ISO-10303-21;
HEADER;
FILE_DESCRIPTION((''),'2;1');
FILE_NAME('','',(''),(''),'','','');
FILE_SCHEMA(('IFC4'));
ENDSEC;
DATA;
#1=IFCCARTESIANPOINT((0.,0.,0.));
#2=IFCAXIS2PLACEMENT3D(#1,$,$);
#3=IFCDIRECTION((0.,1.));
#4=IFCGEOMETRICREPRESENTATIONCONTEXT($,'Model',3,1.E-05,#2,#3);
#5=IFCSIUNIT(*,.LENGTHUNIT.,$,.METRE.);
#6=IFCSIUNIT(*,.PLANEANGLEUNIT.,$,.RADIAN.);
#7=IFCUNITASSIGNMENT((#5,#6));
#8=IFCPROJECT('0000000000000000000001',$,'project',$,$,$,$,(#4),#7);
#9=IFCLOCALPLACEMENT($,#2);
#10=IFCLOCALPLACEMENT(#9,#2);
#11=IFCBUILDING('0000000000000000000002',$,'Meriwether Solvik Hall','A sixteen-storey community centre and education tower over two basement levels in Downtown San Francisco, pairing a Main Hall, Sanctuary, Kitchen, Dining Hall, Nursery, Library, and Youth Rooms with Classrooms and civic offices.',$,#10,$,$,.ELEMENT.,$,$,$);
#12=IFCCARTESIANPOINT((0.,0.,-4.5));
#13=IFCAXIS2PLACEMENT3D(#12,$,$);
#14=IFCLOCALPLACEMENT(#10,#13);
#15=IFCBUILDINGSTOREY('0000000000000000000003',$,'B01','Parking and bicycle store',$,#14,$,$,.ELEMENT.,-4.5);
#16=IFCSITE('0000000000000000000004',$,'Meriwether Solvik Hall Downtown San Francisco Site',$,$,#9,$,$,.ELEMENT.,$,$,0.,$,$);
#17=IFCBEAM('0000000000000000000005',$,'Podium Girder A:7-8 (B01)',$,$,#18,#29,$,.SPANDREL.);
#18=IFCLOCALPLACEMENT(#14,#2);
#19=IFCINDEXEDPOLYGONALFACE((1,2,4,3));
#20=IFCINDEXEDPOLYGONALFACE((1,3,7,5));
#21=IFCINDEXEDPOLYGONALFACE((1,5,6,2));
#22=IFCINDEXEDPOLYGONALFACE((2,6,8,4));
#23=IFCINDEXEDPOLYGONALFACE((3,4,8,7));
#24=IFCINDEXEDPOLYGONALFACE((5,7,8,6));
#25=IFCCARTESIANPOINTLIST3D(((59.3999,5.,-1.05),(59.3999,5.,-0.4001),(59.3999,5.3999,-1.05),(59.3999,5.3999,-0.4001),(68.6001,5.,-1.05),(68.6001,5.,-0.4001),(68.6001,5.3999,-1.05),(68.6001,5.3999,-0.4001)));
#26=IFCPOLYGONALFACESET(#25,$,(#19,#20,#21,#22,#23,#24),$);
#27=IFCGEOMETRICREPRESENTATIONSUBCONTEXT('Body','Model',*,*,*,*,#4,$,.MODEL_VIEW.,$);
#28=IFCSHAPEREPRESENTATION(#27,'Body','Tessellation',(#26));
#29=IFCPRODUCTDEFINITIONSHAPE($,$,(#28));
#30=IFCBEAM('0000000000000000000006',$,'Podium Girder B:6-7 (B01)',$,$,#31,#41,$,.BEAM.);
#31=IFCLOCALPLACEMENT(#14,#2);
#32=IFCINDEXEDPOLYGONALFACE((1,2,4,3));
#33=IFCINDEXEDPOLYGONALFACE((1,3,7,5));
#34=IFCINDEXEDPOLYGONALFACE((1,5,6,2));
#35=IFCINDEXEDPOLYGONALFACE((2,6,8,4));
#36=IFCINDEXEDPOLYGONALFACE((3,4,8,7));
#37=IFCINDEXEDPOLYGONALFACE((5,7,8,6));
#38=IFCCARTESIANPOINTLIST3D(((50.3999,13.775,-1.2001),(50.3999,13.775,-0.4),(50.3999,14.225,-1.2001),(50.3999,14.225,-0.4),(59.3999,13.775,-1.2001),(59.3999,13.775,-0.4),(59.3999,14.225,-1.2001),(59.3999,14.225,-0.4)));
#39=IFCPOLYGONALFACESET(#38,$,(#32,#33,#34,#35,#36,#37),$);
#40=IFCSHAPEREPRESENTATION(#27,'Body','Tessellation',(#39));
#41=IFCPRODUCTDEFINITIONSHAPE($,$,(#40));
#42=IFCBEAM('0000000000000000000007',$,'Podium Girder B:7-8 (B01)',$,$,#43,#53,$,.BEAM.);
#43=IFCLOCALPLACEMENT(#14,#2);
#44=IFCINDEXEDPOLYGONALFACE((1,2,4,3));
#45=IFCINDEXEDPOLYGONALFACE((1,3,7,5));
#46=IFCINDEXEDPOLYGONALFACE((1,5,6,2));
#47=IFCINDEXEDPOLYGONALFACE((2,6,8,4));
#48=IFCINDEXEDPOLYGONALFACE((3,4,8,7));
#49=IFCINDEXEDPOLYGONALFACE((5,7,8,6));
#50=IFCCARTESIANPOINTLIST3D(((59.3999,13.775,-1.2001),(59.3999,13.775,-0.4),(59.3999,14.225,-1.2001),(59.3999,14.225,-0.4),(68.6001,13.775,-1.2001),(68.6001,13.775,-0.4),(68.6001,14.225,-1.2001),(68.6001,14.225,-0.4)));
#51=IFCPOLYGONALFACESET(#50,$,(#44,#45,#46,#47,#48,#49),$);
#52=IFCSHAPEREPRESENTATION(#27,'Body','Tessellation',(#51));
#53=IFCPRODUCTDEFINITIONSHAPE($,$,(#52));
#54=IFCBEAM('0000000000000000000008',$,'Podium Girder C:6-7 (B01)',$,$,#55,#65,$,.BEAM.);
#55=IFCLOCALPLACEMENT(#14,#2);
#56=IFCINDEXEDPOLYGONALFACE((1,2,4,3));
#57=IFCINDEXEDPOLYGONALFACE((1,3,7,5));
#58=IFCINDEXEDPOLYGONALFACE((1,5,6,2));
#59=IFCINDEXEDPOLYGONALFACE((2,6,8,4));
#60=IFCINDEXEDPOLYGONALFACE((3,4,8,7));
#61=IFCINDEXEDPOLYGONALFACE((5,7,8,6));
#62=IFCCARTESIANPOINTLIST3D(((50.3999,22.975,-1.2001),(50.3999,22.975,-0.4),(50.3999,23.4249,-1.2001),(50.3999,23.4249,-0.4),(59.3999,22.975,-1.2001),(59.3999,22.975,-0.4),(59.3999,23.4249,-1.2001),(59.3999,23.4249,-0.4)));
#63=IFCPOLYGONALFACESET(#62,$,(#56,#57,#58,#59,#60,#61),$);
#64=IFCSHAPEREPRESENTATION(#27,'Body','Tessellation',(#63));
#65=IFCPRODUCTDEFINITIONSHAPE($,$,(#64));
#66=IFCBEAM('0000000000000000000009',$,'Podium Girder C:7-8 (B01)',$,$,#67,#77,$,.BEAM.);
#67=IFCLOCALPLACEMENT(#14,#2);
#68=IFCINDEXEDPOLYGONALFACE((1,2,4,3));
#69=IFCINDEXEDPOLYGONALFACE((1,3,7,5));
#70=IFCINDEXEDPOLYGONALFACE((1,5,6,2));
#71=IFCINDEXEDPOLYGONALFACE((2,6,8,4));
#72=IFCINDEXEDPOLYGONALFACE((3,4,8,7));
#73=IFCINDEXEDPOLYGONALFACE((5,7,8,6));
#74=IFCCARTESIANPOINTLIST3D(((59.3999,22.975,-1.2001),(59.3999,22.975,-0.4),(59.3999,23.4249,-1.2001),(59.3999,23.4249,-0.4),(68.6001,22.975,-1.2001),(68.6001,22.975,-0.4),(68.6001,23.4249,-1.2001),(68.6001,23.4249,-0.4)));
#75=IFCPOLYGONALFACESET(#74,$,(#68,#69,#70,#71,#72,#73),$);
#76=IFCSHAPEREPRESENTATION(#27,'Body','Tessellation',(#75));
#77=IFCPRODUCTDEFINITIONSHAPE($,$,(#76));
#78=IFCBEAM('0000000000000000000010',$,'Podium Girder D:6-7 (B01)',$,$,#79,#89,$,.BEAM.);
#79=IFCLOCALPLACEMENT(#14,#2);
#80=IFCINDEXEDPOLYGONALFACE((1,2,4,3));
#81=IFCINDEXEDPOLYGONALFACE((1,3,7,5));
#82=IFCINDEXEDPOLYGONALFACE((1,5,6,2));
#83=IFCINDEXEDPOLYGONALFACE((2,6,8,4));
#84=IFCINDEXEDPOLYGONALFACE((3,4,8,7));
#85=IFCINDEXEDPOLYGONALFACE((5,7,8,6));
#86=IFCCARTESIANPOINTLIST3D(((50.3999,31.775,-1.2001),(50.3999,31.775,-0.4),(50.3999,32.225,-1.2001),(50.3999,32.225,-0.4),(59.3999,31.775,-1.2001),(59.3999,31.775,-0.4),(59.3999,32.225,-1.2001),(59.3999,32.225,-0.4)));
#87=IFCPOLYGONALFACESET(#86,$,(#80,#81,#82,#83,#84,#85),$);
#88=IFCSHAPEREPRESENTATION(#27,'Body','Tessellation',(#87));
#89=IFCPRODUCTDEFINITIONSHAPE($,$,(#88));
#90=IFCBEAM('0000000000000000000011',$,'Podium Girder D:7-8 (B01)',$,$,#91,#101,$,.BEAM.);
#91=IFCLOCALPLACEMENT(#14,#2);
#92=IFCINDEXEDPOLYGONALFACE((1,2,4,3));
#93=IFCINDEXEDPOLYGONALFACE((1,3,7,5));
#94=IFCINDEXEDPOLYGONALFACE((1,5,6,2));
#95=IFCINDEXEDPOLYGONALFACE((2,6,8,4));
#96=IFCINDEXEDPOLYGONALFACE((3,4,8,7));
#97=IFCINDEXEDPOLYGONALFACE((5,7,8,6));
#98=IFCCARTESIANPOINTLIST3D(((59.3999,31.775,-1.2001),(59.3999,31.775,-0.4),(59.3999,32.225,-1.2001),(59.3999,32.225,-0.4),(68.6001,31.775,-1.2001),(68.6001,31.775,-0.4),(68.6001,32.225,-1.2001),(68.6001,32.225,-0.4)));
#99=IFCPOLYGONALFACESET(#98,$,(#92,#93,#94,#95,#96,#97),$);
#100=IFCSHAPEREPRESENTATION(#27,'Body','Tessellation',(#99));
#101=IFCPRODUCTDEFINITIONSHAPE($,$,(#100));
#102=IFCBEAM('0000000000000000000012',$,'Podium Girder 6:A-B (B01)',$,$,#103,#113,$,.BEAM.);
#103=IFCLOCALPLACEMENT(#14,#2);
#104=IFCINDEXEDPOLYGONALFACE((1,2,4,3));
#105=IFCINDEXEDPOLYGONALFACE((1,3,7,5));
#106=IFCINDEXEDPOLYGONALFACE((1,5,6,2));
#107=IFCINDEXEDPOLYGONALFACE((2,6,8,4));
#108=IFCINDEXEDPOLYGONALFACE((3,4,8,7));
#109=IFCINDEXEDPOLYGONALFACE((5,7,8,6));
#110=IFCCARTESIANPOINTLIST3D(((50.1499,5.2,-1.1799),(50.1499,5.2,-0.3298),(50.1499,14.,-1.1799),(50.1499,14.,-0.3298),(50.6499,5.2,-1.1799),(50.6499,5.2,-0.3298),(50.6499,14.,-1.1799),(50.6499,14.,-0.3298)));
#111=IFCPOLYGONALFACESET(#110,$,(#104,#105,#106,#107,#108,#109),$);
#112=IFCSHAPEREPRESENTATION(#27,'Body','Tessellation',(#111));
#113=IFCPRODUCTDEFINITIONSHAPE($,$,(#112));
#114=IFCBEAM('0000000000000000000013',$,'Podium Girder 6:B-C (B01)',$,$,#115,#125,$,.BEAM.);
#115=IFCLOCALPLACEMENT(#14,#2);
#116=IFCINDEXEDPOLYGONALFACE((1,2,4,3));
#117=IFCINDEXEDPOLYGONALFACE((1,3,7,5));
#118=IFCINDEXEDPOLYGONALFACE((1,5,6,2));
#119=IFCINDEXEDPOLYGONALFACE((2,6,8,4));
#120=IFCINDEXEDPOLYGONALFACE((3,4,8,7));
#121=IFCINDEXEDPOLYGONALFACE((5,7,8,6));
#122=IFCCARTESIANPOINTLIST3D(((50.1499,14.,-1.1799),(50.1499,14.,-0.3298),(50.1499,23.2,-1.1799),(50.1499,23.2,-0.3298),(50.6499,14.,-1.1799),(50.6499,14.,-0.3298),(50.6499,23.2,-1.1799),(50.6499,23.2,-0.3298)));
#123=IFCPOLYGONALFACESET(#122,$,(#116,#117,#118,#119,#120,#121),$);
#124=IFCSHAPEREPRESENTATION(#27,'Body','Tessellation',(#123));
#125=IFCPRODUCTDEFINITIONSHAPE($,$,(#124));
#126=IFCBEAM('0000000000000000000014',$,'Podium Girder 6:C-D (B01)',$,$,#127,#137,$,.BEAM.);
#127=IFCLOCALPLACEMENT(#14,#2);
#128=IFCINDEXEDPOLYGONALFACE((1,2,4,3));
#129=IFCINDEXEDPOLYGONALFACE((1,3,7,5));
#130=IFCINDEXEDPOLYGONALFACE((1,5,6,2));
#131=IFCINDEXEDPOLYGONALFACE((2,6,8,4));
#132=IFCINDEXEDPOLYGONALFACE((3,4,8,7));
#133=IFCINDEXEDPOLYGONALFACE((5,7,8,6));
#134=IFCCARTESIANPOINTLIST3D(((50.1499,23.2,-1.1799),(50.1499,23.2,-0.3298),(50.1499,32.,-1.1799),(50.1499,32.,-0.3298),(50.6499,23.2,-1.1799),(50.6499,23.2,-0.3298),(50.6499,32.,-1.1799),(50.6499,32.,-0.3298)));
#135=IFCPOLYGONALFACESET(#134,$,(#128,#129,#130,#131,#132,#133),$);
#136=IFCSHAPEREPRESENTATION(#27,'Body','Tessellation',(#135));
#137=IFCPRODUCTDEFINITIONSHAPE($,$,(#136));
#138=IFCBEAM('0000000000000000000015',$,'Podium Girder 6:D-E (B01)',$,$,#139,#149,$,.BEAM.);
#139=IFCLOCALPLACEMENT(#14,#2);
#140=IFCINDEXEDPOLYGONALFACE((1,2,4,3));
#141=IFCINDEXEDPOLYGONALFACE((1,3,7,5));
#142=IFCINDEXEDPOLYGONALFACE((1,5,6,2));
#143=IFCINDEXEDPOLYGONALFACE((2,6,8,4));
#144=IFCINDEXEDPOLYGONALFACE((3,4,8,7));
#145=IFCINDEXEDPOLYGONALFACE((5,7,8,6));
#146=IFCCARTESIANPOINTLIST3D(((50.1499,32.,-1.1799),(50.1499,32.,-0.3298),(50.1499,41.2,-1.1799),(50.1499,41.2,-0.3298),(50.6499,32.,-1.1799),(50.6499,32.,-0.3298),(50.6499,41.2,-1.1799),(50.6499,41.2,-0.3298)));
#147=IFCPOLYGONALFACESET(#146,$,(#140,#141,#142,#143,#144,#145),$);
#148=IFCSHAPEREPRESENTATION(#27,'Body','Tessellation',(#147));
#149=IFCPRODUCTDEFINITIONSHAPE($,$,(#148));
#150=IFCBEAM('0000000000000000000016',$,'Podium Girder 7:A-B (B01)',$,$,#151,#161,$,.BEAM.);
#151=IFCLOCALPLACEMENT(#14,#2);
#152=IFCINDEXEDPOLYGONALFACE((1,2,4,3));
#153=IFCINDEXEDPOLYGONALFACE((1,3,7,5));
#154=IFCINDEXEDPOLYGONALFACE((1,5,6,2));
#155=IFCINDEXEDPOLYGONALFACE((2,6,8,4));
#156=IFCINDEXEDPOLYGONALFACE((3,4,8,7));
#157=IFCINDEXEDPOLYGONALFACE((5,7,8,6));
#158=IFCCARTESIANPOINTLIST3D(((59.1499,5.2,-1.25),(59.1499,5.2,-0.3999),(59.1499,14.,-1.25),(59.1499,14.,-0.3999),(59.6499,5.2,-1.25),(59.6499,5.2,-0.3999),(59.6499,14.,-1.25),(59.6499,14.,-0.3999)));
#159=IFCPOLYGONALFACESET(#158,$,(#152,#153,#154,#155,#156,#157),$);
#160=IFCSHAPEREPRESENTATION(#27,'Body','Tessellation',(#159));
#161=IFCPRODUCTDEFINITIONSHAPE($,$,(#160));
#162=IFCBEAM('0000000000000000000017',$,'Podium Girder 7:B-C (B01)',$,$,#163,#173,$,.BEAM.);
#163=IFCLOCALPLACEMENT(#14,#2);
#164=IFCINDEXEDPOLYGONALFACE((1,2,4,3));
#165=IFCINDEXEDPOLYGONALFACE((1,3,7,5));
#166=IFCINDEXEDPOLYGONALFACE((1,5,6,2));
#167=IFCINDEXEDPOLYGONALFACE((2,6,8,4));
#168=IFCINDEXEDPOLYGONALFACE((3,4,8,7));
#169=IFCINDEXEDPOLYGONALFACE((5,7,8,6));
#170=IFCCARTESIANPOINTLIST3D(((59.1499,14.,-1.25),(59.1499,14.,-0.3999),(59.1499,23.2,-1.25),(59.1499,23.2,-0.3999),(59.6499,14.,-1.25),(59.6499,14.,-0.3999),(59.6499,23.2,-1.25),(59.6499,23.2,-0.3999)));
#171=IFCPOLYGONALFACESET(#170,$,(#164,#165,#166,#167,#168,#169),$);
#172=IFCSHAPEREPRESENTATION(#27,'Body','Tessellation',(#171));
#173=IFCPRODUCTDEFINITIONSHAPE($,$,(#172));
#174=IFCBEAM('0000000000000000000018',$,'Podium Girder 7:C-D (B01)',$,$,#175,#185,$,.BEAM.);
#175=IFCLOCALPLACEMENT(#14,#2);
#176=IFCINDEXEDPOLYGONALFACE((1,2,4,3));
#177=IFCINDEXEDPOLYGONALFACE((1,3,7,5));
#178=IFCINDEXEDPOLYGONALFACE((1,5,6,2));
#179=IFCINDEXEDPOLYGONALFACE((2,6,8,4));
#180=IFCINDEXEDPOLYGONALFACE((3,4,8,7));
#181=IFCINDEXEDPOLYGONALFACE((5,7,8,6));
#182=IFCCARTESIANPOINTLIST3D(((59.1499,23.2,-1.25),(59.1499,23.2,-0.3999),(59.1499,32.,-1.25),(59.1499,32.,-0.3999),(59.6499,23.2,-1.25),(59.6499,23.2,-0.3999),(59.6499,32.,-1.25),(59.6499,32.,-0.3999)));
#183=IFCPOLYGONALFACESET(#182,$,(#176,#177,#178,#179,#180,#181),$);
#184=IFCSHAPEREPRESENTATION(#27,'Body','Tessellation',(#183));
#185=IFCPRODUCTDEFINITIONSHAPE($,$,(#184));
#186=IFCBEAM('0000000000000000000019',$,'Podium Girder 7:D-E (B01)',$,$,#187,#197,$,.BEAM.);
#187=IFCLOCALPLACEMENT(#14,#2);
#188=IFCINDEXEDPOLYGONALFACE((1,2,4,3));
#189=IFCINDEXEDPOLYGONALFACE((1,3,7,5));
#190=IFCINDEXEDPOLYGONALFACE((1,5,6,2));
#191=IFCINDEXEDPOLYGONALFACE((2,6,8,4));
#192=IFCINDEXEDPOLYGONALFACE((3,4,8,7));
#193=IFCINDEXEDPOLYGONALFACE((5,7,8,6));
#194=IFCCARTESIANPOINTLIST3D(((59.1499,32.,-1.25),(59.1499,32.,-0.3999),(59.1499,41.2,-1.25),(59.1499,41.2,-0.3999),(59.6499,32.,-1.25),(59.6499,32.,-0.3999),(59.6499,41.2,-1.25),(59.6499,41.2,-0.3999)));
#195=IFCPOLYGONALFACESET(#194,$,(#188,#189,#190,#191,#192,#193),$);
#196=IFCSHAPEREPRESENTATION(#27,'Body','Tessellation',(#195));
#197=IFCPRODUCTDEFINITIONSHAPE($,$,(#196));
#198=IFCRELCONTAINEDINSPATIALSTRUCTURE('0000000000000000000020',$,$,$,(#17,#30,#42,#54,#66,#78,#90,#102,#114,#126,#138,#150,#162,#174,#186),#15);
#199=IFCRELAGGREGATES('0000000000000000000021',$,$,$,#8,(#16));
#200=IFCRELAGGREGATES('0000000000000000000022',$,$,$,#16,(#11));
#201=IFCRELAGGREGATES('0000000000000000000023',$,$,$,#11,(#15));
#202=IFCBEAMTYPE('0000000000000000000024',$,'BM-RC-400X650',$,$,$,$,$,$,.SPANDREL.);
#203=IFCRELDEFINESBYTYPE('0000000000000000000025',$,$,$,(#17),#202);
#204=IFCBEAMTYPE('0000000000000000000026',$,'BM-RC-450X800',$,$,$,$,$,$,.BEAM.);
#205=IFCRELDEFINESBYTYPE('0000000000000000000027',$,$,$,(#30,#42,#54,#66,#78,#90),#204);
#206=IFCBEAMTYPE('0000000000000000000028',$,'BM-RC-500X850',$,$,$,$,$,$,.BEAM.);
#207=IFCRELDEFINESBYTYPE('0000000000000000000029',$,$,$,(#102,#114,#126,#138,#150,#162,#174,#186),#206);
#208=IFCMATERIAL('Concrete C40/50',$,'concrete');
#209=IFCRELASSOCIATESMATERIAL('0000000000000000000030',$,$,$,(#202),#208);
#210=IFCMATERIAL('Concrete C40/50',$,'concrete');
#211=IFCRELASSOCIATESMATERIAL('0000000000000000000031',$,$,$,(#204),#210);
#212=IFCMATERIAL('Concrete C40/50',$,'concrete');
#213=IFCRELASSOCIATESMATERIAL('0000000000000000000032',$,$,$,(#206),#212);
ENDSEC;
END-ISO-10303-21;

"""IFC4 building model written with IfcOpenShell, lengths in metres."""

from ifc_helpers import new_model, si_unit, direction, frame, origin, origin_2d, place, context, subcontext, project, spatial, rectangle, extrude, material, material_profile, profile_set, type_object, element, save


model = new_model("IFC4")

# Units and contexts
model_context = context("Model", 3, precision=1e-05, world=origin(), true_north=direction((0.0, 1.0)))
body_context = subcontext(model_context, "Body", "Model", "MODEL_VIEW")
ifc_project = project(units=[si_unit("LENGTHUNIT", "METRE"), si_unit("PLANEANGLEUNIT", "RADIAN")], contexts=[model_context])

# Site, building, storey
site_placement = place(None, origin())
site = spatial("IfcSite", under=ifc_project, at=site_placement, Name="Meriwether Solvik Hall Downtown San Francisco Site", CompositionType="ELEMENT", RefElevation=0.0)
building_placement = place(site_placement, origin())
building = spatial("IfcBuilding", under=site, at=building_placement, Name="Meriwether Solvik Hall", Description="A sixteen-storey community centre and education tower over two basement levels in Downtown San Francisco, pairing a Main Hall, Sanctuary, Kitchen, Dining Hall, Nursery, Library, and Youth Rooms with Classrooms and civic offices.", CompositionType="ELEMENT")
storey_placement = place(building_placement, frame((0.0, 0.0, -4.5)))
storey = spatial("IfcBuildingStorey", under=building, at=storey_placement, Name="B01", Description="Parking and bicycle store", CompositionType="ELEMENT", Elevation=-4.5)

# Beams
ifc_material_1 = material(Name="Concrete C40/50", Category="concrete")
ifc_material_profile_1 = material_profile(ifc_material_1, rectangle(XDim=0.3999, YDim=0.6499, at=origin_2d()), Name="RCB-400X650")
ifc_profile_set_1 = profile_set([ifc_material_profile_1], Name="Concrete C40/50")
beam_type_1 = type_object("IfcBeamType", Name="BM-RC-400X650", PredefinedType="SPANDREL", material=ifc_profile_set_1)
beam_1_placement = place(storey_placement, frame((59.3999, 5.2, -0.7251), z_axis=(1.0, 0.0, 0.0), x_axis=(0.0, 1.0, 0.0)))
element("IfcBeam", 1, at=beam_1_placement, inside=storey, type_object=beam_type_1, Name="Podium Girder A:7-8 (B01)", PredefinedType="SPANDREL", context=body_context, shape_type="SweptSolid", body=[
    extrude(rectangle(XDim=0.3999, YDim=0.6499, at=origin_2d()), origin(), (0.0, 0.0, 1.0), 9.2002),
])
ifc_material_2 = material(Name="Concrete C40/50", Category="concrete")
ifc_material_profile_2 = material_profile(ifc_material_2, rectangle(XDim=0.45, YDim=0.8, at=origin_2d()), Name="RCB-450X800")
ifc_profile_set_2 = profile_set([ifc_material_profile_2], Name="Concrete C40/50")
beam_type_2 = type_object("IfcBeamType", Name="BM-RC-450X800", PredefinedType="BEAM", material=ifc_profile_set_2)
beam_2_placement = place(storey_placement, frame((50.3999, 14.0, -0.8), z_axis=(1.0, 0.0, 0.0), x_axis=(0.0, 1.0, 0.0)))
element("IfcBeam", 2, at=beam_2_placement, inside=storey, type_object=beam_type_2, Name="Podium Girder B:6-7 (B01)", PredefinedType="BEAM", context=body_context, shape_type="SweptSolid", body=[
    extrude(rectangle(XDim=0.45, YDim=0.8, at=origin_2d()), origin(), (0.0, 0.0, 1.0), 9.0),
])
beam_3_placement = place(storey_placement, frame((59.3999, 14.0, -0.8), z_axis=(1.0, 0.0, 0.0), x_axis=(0.0, 1.0, 0.0)))
element("IfcBeam", 3, at=beam_3_placement, inside=storey, type_object=beam_type_2, Name="Podium Girder B:7-8 (B01)", PredefinedType="BEAM", context=body_context, shape_type="SweptSolid", body=[
    extrude(rectangle(XDim=0.45, YDim=0.8, at=origin_2d()), origin(), (0.0, 0.0, 1.0), 9.2002),
])
beam_4_placement = place(storey_placement, frame((50.3999, 23.2, -0.8), z_axis=(1.0, 0.0, 0.0), x_axis=(0.0, 1.0, 0.0)))
element("IfcBeam", 4, at=beam_4_placement, inside=storey, type_object=beam_type_2, Name="Podium Girder C:6-7 (B01)", PredefinedType="BEAM", context=body_context, shape_type="SweptSolid", body=[
    extrude(rectangle(XDim=0.45, YDim=0.8, at=origin_2d()), origin(), (0.0, 0.0, 1.0), 9.0),
])
beam_5_placement = place(storey_placement, frame((59.3999, 23.2, -0.8), z_axis=(1.0, 0.0, 0.0), x_axis=(0.0, 1.0, 0.0)))
element("IfcBeam", 5, at=beam_5_placement, inside=storey, type_object=beam_type_2, Name="Podium Girder C:7-8 (B01)", PredefinedType="BEAM", context=body_context, shape_type="SweptSolid", body=[
    extrude(rectangle(XDim=0.45, YDim=0.8, at=origin_2d()), origin(), (0.0, 0.0, 1.0), 9.2002),
])
beam_6_placement = place(storey_placement, frame((50.3999, 32.0, -0.8), z_axis=(1.0, 0.0, 0.0), x_axis=(0.0, 1.0, 0.0)))
element("IfcBeam", 6, at=beam_6_placement, inside=storey, type_object=beam_type_2, Name="Podium Girder D:6-7 (B01)", PredefinedType="BEAM", context=body_context, shape_type="SweptSolid", body=[
    extrude(rectangle(XDim=0.45, YDim=0.8, at=origin_2d()), origin(), (0.0, 0.0, 1.0), 9.0),
])
beam_7_placement = place(storey_placement, frame((59.3999, 32.0, -0.8), z_axis=(1.0, 0.0, 0.0), x_axis=(0.0, 1.0, 0.0)))
element("IfcBeam", 7, at=beam_7_placement, inside=storey, type_object=beam_type_2, Name="Podium Girder D:7-8 (B01)", PredefinedType="BEAM", context=body_context, shape_type="SweptSolid", body=[
    extrude(rectangle(XDim=0.45, YDim=0.8, at=origin_2d()), origin(), (0.0, 0.0, 1.0), 9.2002),
])
ifc_material_3 = material(Name="Concrete C40/50", Category="concrete")
ifc_material_profile_3 = material_profile(ifc_material_3, rectangle(XDim=0.5, YDim=0.8501, at=origin_2d()), Name="RCB-500X850")
ifc_profile_set_3 = profile_set([ifc_material_profile_3], Name="Concrete C40/50")
beam_type_3 = type_object("IfcBeamType", Name="BM-RC-500X850", PredefinedType="BEAM", material=ifc_profile_set_3)
beam_8_placement = place(storey_placement, frame((50.3999, 5.2, -0.7549), z_axis=(0.0, 1.0, 0.0), x_axis=(-1.0, 0.0, 0.0)))
element("IfcBeam", 8, at=beam_8_placement, inside=storey, type_object=beam_type_3, Name="Podium Girder 6:A-B (B01)", PredefinedType="BEAM", context=body_context, shape_type="SweptSolid", body=[
    extrude(rectangle(XDim=0.5, YDim=0.8501, at=origin_2d()), origin(), (0.0, 0.0, 1.0), 8.8),
])
beam_9_placement = place(storey_placement, frame((50.3999, 14.0, -0.7549), z_axis=(0.0, 1.0, 0.0), x_axis=(-1.0, 0.0, 0.0)))
element("IfcBeam", 9, at=beam_9_placement, inside=storey, type_object=beam_type_3, Name="Podium Girder 6:B-C (B01)", PredefinedType="BEAM", context=body_context, shape_type="SweptSolid", body=[
    extrude(rectangle(XDim=0.5, YDim=0.8501, at=origin_2d()), origin(), (0.0, 0.0, 1.0), 9.2),
])
beam_10_placement = place(storey_placement, frame((50.3999, 23.2, -0.7549), z_axis=(0.0, 1.0, 0.0), x_axis=(-1.0, 0.0, 0.0)))
element("IfcBeam", 10, at=beam_10_placement, inside=storey, type_object=beam_type_3, Name="Podium Girder 6:C-D (B01)", PredefinedType="BEAM", context=body_context, shape_type="SweptSolid", body=[
    extrude(rectangle(XDim=0.5, YDim=0.8501, at=origin_2d()), origin(), (0.0, 0.0, 1.0), 8.8),
])
beam_11_placement = place(storey_placement, frame((50.3999, 32.0, -0.7549), z_axis=(0.0, 1.0, 0.0), x_axis=(-1.0, 0.0, 0.0)))
element("IfcBeam", 11, at=beam_11_placement, inside=storey, type_object=beam_type_3, Name="Podium Girder 6:D-E (B01)", PredefinedType="BEAM", context=body_context, shape_type="SweptSolid", body=[
    extrude(rectangle(XDim=0.5, YDim=0.8501, at=origin_2d()), origin(), (0.0, 0.0, 1.0), 9.2),
])
beam_12_placement = place(storey_placement, frame((59.3999, 5.2, -0.825), z_axis=(0.0, 1.0, 0.0), x_axis=(-1.0, 0.0, 0.0)))
element("IfcBeam", 12, at=beam_12_placement, inside=storey, type_object=beam_type_3, Name="Podium Girder 7:A-B (B01)", PredefinedType="BEAM", context=body_context, shape_type="SweptSolid", body=[
    extrude(rectangle(XDim=0.5, YDim=0.8501, at=origin_2d()), origin(), (0.0, 0.0, 1.0), 8.8),
])
beam_13_placement = place(storey_placement, frame((59.3999, 14.0, -0.825), z_axis=(0.0, 1.0, 0.0), x_axis=(-1.0, 0.0, 0.0)))
element("IfcBeam", 13, at=beam_13_placement, inside=storey, type_object=beam_type_3, Name="Podium Girder 7:B-C (B01)", PredefinedType="BEAM", context=body_context, shape_type="SweptSolid", body=[
    extrude(rectangle(XDim=0.5, YDim=0.8501, at=origin_2d()), origin(), (0.0, 0.0, 1.0), 9.2),
])
beam_14_placement = place(storey_placement, frame((59.3999, 23.2, -0.825), z_axis=(0.0, 1.0, 0.0), x_axis=(-1.0, 0.0, 0.0)))
element("IfcBeam", 14, at=beam_14_placement, inside=storey, type_object=beam_type_3, Name="Podium Girder 7:C-D (B01)", PredefinedType="BEAM", context=body_context, shape_type="SweptSolid", body=[
    extrude(rectangle(XDim=0.5, YDim=0.8501, at=origin_2d()), origin(), (0.0, 0.0, 1.0), 8.8),
])
beam_15_placement = place(storey_placement, frame((59.3999, 32.0, -0.825), z_axis=(0.0, 1.0, 0.0), x_axis=(-1.0, 0.0, 0.0)))
element("IfcBeam", 15, at=beam_15_placement, inside=storey, type_object=beam_type_3, Name="Podium Girder 7:D-E (B01)", PredefinedType="BEAM", context=body_context, shape_type="SweptSolid", body=[
    extrude(rectangle(XDim=0.5, YDim=0.8501, at=origin_2d()), origin(), (0.0, 0.0, 1.0), 9.2),
])

save(model, "model.ifc")
